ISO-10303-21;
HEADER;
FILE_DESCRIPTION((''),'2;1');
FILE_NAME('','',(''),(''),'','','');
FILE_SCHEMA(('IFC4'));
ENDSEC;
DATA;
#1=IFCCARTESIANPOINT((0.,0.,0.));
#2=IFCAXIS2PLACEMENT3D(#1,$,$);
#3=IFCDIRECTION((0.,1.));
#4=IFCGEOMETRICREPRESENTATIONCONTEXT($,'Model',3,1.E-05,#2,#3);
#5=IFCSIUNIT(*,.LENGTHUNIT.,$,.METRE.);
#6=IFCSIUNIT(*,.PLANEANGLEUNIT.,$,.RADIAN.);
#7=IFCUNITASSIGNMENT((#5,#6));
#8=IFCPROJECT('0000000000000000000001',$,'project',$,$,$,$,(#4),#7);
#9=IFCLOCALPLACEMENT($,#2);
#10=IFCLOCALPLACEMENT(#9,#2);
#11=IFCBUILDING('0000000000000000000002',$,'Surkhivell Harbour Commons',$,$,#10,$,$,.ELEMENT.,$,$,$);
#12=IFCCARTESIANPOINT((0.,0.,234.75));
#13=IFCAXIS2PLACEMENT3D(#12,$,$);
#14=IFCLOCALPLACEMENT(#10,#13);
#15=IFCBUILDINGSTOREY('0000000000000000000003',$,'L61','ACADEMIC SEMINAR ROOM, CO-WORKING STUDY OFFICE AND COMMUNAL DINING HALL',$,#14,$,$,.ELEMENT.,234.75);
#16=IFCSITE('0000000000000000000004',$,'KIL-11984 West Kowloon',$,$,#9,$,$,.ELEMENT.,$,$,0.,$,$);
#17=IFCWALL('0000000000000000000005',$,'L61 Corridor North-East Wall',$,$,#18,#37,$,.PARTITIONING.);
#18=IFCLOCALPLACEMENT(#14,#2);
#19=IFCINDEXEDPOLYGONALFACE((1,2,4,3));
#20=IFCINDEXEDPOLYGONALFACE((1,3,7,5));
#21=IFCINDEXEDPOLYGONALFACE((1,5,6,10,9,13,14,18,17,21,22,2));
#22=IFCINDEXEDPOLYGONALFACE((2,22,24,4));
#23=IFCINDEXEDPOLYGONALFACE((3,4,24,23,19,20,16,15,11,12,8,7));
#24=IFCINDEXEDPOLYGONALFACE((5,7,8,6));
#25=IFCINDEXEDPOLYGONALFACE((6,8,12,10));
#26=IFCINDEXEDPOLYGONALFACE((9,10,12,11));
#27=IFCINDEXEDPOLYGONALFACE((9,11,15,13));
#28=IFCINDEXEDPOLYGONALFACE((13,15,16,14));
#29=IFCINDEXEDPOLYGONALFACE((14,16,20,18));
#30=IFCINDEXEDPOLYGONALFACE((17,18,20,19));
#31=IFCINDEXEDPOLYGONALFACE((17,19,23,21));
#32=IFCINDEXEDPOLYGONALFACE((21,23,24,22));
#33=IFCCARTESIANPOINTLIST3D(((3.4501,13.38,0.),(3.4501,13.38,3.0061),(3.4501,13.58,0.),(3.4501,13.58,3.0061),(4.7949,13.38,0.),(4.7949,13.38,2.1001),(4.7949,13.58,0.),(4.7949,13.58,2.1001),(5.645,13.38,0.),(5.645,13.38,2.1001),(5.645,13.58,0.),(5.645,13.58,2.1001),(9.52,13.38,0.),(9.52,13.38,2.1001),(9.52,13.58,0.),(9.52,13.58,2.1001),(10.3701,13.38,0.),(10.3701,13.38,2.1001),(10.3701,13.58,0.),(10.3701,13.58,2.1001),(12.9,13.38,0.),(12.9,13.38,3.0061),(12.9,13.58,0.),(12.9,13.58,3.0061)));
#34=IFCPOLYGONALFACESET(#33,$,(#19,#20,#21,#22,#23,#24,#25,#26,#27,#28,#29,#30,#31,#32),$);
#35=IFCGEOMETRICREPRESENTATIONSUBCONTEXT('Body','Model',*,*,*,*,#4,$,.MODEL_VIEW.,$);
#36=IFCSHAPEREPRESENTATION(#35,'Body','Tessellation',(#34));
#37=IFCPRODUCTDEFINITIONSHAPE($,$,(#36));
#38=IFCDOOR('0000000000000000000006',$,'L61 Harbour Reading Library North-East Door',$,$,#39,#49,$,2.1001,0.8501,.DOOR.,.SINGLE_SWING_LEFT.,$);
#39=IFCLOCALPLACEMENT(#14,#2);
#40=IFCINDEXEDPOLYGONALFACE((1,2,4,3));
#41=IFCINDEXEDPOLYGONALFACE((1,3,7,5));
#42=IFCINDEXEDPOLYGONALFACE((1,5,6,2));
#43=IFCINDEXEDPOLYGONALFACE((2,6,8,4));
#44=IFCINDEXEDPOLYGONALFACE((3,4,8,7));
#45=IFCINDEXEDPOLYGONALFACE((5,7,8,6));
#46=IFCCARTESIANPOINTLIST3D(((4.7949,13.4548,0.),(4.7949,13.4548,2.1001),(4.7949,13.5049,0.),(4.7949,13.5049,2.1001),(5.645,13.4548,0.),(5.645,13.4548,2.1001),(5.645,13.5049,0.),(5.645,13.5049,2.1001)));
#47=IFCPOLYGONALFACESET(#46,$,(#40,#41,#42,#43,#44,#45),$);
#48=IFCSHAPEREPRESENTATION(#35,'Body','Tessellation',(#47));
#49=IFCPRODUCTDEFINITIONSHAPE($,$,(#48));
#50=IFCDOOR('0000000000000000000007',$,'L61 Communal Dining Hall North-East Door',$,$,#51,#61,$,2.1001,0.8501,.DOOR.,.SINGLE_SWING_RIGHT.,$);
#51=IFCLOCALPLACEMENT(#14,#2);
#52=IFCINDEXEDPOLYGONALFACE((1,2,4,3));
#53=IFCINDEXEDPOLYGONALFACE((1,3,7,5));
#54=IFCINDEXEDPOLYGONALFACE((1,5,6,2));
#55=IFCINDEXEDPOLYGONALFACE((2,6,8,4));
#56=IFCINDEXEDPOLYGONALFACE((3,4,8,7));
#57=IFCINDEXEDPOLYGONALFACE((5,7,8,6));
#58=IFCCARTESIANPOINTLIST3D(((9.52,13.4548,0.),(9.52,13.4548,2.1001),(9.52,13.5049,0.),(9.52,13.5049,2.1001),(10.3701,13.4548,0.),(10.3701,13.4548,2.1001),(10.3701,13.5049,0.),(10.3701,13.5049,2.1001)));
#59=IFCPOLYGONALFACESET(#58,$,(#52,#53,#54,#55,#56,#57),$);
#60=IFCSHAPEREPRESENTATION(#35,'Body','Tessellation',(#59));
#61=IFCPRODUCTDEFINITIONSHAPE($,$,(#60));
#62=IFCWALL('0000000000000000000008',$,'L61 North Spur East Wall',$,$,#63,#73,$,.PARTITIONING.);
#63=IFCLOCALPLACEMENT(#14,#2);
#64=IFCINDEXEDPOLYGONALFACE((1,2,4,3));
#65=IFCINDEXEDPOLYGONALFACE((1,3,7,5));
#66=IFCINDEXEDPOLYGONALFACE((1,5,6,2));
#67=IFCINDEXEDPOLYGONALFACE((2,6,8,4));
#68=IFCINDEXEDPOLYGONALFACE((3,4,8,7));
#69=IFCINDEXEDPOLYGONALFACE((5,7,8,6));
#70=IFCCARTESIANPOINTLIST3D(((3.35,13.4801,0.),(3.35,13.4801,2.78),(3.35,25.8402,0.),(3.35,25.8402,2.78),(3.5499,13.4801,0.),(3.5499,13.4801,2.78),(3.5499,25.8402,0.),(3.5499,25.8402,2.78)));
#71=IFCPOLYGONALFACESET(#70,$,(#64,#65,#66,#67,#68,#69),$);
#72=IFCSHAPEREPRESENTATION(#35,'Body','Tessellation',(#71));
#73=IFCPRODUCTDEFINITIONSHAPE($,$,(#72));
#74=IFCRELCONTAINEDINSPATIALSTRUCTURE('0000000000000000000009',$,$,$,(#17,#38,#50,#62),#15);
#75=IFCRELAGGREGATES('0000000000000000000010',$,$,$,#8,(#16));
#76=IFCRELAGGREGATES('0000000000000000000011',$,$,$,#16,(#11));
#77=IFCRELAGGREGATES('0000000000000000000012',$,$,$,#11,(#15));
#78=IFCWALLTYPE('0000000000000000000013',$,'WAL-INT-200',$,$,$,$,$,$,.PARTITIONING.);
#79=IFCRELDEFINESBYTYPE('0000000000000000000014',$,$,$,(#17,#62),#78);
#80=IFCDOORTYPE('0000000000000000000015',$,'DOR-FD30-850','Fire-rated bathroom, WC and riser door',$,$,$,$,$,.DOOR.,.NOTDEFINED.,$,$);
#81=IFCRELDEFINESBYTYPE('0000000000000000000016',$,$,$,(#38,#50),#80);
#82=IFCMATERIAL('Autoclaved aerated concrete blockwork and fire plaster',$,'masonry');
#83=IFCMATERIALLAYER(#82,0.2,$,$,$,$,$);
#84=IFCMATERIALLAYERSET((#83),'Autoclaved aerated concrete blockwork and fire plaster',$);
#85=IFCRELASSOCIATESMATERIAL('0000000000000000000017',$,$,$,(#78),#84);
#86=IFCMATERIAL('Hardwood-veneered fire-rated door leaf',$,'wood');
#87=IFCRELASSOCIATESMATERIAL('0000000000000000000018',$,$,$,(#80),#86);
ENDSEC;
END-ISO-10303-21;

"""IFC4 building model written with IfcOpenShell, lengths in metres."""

from ifc_helpers import new_model, si_unit, direction, frame, frame_2d, origin, place, context, subcontext, project, spatial, rectangle, extrude, material, layer, layer_set, type_object, element, fill, save


model = new_model("IFC4")

# Units and contexts
model_context = context("Model", 3, precision=1e-05, world=origin(), true_north=direction((0.0, 1.0)))
body_context = subcontext(model_context, "Body", "Model", "MODEL_VIEW")
ifc_project = project(units=[si_unit("LENGTHUNIT", "METRE"), si_unit("PLANEANGLEUNIT", "RADIAN")], contexts=[model_context])

# Site, building, storey
site_placement = place(None, origin())
site = spatial("IfcSite", under=ifc_project, at=site_placement, Name="KIL-11984 West Kowloon", CompositionType="ELEMENT", RefElevation=0.0)
building_placement = place(site_placement, origin())
building = spatial("IfcBuilding", under=site, at=building_placement, Name="Surkhivell Harbour Commons", CompositionType="ELEMENT")
storey_placement = place(building_placement, frame((0.0, 0.0, 234.75)))
storey = spatial("IfcBuildingStorey", under=building, at=storey_placement, Name="L61", Description="ACADEMIC SEMINAR ROOM, CO-WORKING STUDY OFFICE AND COMMUNAL DINING HALL", CompositionType="ELEMENT", Elevation=234.75)

# Wall, openings, doors
ifc_material_1 = material(Name="Autoclaved aerated concrete blockwork and fire plaster", Category="masonry")
ifc_layer_1 = layer(ifc_material_1, 0.2)
ifc_layer_set_1 = layer_set([ifc_layer_1], Name="Autoclaved aerated concrete blockwork and fire plaster")
wall_type_1 = type_object("IfcWallType", Name="WAL-INT-200", PredefinedType="PARTITIONING", material=ifc_layer_set_1)
wall_1_placement = place(storey_placement, frame((3.45, 13.48, 0.0), z_axis=(0.0, 0.0, 1.0), x_axis=(1.0, 0.0, 0.0)))
wall_1 = element("IfcWall", 1, at=wall_1_placement, inside=storey, type_object=wall_type_1, Name="L61 Corridor North-East Wall", PredefinedType="PARTITIONING", context=body_context, shape_type="SweptSolid", body=[
    extrude(rectangle(XDim=9.45, YDim=0.2, at=frame_2d((4.7251, 0.0))), origin(), (0.0, 0.0, 1.0), 3.0061),
])
opening_1_placement = place(wall_1_placement, frame((1.345, 0.0, 0.0)))
opening_1 = element("IfcOpeningElement", 2, at=opening_1_placement, cuts=wall_1, PredefinedType="OPENING", context=body_context, shape_type="SweptSolid", body=[
    extrude(rectangle(XDim=0.8501, YDim=2.1001, at=frame_2d((0.425, 1.05))), frame((0.0, 0.1099, 0.0), z_axis=(0.0, -1.0, 0.0), x_axis=(1.0, 0.0, 0.0)), (0.0, 0.0, 1.0), 0.22),
])
opening_2_placement = place(wall_1_placement, frame((6.0701, 0.0, 0.0)))
opening_2 = element("IfcOpeningElement", 3, at=opening_2_placement, cuts=wall_1, PredefinedType="OPENING", context=body_context, shape_type="SweptSolid", body=[
    extrude(rectangle(XDim=0.8501, YDim=2.1001, at=frame_2d((0.425, 1.05))), frame((0.0, 0.1099, 0.0), z_axis=(0.0, -1.0, 0.0), x_axis=(1.0, 0.0, 0.0)), (0.0, 0.0, 1.0), 0.22),
])
ifc_material_2 = material(Name="Hardwood-veneered fire-rated door leaf", Category="wood")
door_type = type_object("IfcDoorType", Name="DOR-FD30-850", Description="Fire-rated bathroom, WC and riser door", OperationType="NOTDEFINED", PredefinedType="DOOR", material=ifc_material_2)
door_1_placement = place(opening_1_placement, origin())
door_1 = element("IfcDoor", 4, at=door_1_placement, inside=storey, type_object=door_type, Name="L61 Harbour Reading Library North-East Door", OperationType="SINGLE_SWING_LEFT", OverallHeight=2.1001, OverallWidth=0.8501, PredefinedType="DOOR", context=body_context, shape_type="SweptSolid", body=[
    extrude(rectangle(XDim=0.8501, YDim=2.1001, at=frame_2d((0.425, 1.05))), frame((0.0, 0.0249, 0.0), z_axis=(0.0, -1.0, 0.0), x_axis=(1.0, 0.0, 0.0)), (0.0, 0.0, 1.0), 0.05),
])
fill(opening_1, door_1)
door_2_placement = place(opening_2_placement, origin())
door_2 = element("IfcDoor", 5, at=door_2_placement, inside=storey, type_object=door_type, Name="L61 Communal Dining Hall North-East Door", OperationType="SINGLE_SWING_RIGHT", OverallHeight=2.1001, OverallWidth=0.8501, PredefinedType="DOOR", context=body_context, shape_type="SweptSolid", body=[
    extrude(rectangle(XDim=0.8501, YDim=2.1001, at=frame_2d((0.425, 1.05))), frame((0.0, 0.0249, 0.0), z_axis=(0.0, -1.0, 0.0), x_axis=(1.0, 0.0, 0.0)), (0.0, 0.0, 1.0), 0.05),
])
fill(opening_2, door_2)

# Wall
wall_2_placement = place(storey_placement, frame((3.45, 13.48, 0.0), z_axis=(0.0, 0.0, 1.0), x_axis=(0.0, 1.0, 0.0)))
element("IfcWall", 6, at=wall_2_placement, inside=storey, type_object=wall_type_1, Name="L61 North Spur East Wall", PredefinedType="PARTITIONING", context=body_context, shape_type="SweptSolid", body=[
    extrude(rectangle(XDim=12.3601, YDim=0.2, at=frame_2d((6.1802, 0.0))), origin(), (0.0, 0.0, 1.0), 2.78),
])

save(model, "model.ifc")
